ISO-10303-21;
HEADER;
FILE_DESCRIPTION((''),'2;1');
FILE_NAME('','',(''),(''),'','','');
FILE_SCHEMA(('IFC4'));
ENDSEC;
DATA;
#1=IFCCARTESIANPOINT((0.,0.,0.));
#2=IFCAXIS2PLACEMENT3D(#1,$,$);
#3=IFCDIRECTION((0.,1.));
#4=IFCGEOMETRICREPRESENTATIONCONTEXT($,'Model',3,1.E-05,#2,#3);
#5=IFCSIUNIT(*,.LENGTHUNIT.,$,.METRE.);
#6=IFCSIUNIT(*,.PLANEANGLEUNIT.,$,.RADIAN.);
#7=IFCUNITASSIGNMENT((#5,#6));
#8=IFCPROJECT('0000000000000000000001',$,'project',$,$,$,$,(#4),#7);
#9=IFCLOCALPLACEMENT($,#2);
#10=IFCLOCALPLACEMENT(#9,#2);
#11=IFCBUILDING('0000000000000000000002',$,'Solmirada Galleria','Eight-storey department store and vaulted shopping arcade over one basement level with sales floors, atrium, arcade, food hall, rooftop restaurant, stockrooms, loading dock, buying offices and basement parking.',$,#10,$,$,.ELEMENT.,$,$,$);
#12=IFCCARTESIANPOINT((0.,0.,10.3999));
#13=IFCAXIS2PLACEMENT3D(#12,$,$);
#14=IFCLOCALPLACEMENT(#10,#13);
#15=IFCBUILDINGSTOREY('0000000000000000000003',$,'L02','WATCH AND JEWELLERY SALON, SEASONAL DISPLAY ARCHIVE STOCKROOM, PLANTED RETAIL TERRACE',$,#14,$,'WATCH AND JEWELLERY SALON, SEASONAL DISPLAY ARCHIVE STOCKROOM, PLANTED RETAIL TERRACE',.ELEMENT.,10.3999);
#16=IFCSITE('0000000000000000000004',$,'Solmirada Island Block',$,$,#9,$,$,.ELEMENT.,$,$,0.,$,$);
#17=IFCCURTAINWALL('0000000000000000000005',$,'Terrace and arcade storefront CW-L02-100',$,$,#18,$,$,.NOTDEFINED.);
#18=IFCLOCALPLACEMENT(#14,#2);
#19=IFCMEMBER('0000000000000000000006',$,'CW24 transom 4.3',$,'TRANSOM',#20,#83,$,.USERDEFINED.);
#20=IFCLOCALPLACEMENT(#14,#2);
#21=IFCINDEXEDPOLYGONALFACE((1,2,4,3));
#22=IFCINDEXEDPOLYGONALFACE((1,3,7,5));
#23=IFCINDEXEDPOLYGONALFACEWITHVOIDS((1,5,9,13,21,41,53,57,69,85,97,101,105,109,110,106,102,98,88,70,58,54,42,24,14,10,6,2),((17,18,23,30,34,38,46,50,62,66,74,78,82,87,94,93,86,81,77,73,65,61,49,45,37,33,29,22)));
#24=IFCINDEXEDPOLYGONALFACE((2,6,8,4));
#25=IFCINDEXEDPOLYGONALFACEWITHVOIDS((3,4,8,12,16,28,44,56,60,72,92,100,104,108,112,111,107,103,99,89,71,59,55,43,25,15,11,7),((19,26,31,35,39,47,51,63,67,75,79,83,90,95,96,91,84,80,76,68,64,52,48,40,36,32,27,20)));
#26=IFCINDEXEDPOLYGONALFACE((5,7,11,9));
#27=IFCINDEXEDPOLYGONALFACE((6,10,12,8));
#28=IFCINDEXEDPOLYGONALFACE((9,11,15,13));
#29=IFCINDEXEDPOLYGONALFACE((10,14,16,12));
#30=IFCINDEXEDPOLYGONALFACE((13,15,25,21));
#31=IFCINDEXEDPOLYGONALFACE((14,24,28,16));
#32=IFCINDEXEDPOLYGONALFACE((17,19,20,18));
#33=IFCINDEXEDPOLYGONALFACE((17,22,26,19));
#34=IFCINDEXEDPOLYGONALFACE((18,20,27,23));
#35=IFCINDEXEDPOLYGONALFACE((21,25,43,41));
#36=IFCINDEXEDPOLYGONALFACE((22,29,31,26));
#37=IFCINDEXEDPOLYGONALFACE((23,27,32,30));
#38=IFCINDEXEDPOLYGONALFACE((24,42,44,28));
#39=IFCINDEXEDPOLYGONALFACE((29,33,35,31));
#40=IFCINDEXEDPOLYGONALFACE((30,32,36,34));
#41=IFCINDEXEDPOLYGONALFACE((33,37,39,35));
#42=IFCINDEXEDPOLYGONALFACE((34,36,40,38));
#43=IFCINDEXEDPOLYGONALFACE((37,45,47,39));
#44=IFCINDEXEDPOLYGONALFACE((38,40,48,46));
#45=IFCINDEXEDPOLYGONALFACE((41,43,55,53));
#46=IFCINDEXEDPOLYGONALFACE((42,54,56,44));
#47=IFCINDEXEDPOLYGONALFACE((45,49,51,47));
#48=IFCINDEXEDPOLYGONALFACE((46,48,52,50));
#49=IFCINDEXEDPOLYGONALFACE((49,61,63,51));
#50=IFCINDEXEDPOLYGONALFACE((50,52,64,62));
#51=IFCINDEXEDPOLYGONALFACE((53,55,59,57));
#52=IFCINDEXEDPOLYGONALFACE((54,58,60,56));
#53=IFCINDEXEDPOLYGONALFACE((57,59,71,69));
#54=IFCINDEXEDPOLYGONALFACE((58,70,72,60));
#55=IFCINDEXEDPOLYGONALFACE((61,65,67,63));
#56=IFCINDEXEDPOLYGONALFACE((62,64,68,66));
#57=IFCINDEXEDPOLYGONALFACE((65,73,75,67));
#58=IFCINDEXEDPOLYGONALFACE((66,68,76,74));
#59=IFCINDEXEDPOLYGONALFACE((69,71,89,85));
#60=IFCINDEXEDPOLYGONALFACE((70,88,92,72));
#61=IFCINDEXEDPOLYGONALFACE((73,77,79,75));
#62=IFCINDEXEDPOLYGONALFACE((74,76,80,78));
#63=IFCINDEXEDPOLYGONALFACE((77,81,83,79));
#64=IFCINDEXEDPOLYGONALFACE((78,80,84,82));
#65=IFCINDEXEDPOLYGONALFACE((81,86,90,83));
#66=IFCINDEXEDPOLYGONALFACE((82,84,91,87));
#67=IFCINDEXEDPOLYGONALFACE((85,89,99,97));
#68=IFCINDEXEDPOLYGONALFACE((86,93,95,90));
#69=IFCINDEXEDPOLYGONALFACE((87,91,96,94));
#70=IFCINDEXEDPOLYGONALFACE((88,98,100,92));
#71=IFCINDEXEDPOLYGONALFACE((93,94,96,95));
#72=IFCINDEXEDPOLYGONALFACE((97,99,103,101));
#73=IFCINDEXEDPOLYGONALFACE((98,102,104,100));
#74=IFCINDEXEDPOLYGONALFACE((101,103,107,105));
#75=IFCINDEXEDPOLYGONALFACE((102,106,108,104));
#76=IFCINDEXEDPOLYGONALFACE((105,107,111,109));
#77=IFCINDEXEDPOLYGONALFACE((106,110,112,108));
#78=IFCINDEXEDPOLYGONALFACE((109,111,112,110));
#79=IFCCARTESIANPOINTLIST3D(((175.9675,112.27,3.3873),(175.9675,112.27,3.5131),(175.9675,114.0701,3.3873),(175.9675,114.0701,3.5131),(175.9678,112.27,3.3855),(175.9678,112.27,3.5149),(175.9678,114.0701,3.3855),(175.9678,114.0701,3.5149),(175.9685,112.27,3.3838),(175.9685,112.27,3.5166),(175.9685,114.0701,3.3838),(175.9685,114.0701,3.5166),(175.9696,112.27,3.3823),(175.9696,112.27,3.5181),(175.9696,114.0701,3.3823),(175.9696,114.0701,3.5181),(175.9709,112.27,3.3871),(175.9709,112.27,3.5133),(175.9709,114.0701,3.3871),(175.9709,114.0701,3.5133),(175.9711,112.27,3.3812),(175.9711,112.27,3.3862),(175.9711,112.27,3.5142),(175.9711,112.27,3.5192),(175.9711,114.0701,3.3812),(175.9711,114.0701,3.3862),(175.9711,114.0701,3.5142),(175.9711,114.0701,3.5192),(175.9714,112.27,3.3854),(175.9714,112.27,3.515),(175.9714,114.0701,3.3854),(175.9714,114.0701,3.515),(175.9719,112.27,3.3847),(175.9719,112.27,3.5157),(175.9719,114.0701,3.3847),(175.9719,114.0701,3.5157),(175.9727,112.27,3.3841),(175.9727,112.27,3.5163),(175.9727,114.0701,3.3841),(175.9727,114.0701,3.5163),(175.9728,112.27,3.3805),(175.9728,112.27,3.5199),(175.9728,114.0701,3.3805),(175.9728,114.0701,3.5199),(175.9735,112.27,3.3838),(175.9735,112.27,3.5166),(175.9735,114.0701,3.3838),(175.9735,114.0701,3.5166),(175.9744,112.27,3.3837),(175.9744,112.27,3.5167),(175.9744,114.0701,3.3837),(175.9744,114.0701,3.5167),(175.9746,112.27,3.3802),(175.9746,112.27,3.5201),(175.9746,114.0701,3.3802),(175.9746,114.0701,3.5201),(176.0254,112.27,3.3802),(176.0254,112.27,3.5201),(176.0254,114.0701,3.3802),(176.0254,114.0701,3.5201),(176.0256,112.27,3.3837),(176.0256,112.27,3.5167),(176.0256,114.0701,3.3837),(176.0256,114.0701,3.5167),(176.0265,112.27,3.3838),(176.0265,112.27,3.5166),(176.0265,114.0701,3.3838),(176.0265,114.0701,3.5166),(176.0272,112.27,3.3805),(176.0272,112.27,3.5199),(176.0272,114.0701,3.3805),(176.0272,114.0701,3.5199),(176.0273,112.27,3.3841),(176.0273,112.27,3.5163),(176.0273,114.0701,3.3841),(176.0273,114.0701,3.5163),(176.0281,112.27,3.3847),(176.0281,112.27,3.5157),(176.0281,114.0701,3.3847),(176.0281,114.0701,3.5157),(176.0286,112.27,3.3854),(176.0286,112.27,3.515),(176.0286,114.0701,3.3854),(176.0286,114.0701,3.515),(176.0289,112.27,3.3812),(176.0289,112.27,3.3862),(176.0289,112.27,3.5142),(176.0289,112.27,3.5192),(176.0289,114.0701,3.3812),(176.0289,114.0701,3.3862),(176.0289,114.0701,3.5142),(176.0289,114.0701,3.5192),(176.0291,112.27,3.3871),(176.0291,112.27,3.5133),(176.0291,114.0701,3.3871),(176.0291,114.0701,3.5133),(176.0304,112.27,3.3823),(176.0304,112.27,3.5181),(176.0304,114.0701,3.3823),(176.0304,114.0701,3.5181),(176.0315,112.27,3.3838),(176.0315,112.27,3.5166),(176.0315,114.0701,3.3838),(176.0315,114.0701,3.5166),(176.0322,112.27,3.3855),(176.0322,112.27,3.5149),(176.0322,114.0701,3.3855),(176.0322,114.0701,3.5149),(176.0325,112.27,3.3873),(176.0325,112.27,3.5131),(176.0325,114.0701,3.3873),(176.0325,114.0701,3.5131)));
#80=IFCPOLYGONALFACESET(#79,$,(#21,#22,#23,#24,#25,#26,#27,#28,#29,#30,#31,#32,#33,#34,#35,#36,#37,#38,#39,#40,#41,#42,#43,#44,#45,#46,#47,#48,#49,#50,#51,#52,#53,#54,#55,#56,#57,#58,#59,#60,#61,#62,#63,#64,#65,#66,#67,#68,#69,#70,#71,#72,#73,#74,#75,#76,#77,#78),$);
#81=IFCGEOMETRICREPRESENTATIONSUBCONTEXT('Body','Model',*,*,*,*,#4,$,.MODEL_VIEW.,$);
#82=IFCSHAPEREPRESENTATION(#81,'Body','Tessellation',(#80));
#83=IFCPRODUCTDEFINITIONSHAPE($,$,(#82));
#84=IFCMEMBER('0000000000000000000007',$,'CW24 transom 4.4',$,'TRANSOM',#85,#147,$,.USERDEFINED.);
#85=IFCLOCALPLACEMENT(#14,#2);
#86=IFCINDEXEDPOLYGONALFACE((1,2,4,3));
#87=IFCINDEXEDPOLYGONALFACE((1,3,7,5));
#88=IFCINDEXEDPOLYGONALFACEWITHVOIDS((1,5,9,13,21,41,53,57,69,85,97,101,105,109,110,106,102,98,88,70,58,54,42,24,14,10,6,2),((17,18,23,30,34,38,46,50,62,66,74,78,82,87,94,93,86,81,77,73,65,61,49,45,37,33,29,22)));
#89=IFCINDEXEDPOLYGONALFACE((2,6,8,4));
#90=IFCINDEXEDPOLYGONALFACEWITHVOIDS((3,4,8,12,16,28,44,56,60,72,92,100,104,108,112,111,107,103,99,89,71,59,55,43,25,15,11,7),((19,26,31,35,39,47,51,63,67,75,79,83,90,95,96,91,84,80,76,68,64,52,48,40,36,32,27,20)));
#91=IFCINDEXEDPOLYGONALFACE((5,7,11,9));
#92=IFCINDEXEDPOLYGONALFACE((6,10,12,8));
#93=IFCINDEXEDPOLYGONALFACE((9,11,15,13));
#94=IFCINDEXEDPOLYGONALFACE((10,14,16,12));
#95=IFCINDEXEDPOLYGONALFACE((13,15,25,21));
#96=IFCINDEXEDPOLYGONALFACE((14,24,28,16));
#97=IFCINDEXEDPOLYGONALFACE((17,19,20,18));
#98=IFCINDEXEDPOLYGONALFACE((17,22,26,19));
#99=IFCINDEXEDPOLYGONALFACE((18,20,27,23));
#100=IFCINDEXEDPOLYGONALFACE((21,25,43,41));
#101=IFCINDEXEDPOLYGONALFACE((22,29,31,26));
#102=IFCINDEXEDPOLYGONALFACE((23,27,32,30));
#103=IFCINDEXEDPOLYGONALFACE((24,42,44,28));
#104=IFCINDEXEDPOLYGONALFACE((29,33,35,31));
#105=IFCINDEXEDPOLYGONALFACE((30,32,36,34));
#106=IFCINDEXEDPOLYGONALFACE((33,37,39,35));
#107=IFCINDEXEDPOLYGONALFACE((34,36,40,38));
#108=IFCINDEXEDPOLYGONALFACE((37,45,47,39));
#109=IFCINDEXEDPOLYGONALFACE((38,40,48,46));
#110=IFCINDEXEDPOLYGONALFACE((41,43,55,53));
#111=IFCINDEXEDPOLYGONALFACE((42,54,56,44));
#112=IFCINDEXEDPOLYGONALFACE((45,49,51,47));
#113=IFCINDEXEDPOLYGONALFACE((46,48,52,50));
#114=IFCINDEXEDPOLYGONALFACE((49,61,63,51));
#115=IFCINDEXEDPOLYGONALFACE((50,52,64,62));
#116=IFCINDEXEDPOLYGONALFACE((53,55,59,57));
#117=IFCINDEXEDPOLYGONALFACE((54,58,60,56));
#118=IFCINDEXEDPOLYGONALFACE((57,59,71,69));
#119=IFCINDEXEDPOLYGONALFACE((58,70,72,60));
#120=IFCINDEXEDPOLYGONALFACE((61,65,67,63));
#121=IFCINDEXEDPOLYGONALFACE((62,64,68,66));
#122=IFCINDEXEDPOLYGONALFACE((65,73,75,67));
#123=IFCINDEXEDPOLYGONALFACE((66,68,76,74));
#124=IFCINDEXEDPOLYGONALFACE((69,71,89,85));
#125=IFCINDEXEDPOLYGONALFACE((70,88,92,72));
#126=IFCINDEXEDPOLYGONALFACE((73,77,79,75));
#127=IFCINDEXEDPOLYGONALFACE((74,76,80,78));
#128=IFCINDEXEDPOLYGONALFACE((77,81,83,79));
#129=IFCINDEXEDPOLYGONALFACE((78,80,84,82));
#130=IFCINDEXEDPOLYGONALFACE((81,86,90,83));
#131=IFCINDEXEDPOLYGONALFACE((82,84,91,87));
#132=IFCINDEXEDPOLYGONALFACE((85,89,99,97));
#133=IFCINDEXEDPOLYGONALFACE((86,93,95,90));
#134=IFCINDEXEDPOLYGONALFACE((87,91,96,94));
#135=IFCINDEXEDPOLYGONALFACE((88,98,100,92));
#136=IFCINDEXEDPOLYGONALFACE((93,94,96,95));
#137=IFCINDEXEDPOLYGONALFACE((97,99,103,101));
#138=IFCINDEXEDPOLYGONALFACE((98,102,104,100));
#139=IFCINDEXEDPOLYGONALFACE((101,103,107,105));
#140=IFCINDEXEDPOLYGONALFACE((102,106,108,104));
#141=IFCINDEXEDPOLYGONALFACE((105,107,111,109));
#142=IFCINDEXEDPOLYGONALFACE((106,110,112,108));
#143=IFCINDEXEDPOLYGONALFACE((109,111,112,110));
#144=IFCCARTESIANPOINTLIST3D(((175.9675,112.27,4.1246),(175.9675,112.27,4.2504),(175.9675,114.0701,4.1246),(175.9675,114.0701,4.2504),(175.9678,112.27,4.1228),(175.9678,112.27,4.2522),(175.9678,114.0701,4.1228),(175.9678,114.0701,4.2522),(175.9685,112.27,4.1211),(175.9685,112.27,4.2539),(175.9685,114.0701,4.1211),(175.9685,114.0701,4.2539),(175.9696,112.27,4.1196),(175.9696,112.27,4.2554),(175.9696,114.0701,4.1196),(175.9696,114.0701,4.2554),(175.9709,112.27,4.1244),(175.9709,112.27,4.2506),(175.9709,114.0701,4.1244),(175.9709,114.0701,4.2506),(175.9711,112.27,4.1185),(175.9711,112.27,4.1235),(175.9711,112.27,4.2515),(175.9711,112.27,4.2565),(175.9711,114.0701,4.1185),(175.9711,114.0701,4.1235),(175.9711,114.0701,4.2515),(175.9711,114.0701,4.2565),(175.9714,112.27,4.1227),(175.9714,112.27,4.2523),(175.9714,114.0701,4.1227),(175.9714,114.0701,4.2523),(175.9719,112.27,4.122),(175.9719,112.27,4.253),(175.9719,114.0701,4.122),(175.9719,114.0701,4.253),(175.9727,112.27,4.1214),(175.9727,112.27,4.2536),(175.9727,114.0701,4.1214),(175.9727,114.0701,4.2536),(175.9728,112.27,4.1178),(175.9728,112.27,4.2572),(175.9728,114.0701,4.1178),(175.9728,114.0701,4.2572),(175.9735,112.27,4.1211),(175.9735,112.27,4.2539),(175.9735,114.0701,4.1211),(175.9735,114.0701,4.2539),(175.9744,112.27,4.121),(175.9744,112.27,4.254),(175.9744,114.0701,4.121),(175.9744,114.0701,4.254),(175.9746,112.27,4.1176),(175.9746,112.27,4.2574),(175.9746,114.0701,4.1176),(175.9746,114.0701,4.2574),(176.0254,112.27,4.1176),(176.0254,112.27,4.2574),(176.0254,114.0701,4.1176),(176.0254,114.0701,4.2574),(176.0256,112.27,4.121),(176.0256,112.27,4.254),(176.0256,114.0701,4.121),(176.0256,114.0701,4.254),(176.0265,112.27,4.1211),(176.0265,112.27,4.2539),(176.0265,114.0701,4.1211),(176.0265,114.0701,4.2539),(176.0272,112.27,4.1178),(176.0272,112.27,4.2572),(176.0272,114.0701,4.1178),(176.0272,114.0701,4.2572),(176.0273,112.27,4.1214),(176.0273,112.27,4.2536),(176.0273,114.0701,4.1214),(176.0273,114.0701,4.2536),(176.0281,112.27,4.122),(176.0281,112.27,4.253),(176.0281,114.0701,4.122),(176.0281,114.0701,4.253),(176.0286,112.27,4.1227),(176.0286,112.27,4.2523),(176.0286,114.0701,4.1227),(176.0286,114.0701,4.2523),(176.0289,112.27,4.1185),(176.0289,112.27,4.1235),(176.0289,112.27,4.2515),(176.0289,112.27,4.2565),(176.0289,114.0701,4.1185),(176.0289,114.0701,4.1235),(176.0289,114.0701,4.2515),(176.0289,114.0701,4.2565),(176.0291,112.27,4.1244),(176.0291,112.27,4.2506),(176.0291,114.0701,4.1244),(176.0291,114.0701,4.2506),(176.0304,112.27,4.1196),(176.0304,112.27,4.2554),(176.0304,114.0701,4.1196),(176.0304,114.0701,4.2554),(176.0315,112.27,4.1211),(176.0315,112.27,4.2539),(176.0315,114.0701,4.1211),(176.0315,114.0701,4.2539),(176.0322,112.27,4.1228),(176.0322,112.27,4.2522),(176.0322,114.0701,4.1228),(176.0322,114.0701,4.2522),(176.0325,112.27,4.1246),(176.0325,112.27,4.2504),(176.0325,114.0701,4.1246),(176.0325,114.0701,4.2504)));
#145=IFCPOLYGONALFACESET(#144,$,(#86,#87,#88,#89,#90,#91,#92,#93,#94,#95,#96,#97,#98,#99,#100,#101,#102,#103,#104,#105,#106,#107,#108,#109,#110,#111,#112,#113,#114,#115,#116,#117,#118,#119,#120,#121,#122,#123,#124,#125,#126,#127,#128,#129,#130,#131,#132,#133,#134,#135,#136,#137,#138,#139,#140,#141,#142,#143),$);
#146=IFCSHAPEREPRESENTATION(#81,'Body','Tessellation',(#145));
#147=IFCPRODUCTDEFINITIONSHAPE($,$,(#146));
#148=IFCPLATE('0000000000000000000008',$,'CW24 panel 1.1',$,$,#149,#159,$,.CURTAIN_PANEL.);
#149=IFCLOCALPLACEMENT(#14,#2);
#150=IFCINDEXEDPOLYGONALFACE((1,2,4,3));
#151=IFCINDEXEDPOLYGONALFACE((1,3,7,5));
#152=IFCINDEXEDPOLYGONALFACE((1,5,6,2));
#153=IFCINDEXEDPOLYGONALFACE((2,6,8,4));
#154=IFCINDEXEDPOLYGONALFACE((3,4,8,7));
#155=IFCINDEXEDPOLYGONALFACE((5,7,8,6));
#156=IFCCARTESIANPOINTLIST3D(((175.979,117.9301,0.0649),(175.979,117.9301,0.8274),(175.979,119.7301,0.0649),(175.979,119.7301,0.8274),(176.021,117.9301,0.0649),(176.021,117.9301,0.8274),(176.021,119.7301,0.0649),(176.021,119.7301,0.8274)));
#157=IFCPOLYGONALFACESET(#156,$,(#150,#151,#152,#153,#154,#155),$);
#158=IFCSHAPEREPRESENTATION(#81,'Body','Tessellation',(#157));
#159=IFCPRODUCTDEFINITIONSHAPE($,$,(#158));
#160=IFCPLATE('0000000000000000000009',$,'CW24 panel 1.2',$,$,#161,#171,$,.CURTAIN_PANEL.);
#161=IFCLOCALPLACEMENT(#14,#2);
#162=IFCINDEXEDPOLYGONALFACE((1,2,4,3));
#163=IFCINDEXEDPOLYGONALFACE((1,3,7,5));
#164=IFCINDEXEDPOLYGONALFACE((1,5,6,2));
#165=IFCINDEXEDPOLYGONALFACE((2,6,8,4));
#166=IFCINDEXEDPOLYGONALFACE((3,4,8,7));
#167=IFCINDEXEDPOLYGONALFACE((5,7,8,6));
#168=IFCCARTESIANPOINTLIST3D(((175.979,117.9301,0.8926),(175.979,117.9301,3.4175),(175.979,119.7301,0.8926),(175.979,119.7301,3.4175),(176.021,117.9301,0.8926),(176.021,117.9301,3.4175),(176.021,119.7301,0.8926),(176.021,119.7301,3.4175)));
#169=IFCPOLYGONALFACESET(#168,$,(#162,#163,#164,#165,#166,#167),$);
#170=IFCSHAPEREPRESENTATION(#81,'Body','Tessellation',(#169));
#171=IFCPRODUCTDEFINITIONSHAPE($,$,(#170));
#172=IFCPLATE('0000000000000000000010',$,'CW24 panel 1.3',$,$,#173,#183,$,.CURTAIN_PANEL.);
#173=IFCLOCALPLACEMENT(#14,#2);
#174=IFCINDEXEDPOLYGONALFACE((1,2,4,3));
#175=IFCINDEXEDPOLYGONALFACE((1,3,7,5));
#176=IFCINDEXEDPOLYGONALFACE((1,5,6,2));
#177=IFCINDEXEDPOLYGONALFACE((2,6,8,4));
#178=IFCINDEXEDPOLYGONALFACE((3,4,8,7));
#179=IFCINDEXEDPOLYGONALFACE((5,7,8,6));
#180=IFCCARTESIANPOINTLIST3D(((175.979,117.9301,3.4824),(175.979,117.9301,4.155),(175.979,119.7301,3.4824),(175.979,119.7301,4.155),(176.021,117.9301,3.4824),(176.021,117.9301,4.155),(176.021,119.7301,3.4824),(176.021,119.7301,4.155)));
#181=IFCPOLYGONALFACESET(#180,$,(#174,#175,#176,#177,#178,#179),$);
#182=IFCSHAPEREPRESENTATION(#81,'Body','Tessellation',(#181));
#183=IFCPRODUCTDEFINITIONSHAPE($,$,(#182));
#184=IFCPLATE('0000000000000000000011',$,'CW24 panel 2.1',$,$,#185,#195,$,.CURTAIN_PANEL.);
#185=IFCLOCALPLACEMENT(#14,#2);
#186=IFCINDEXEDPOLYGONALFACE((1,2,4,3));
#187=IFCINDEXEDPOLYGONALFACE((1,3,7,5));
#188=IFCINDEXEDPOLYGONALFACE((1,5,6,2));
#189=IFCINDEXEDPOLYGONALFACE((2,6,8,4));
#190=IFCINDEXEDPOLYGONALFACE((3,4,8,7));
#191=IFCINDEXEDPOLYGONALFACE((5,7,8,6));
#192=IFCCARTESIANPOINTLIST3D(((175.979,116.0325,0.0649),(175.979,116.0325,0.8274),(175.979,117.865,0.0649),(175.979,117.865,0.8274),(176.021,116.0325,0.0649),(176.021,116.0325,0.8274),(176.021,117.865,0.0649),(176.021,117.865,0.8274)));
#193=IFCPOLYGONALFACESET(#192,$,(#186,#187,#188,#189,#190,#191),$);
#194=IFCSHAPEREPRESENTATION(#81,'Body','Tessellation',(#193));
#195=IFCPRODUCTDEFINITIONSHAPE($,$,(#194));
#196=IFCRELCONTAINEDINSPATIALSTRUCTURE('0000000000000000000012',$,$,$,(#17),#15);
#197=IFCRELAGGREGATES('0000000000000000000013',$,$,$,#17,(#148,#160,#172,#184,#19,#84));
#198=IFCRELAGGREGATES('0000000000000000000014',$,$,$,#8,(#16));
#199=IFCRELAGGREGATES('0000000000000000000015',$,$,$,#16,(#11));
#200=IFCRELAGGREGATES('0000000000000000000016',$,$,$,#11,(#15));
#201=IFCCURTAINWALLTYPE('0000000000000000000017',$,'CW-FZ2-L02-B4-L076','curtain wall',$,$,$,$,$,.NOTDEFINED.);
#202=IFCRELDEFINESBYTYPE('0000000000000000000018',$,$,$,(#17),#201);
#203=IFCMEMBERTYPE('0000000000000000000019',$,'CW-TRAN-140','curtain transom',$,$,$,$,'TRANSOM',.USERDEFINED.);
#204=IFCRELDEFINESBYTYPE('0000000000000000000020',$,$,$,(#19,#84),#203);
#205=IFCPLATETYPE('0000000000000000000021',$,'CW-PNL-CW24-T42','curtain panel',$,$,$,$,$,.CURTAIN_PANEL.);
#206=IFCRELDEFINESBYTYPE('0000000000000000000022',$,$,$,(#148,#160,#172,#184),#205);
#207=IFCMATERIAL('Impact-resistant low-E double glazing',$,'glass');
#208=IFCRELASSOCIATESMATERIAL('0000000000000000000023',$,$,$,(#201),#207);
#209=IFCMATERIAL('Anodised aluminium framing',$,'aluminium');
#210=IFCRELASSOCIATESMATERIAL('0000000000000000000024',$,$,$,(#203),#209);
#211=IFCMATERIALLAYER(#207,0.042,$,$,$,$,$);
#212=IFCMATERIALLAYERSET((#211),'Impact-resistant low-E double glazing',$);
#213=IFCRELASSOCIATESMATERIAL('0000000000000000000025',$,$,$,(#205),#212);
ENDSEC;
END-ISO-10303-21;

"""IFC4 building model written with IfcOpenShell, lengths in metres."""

from ifc_helpers import new_model, si_unit, direction, frame, origin, origin_2d, place, context, subcontext, project, spatial, rectangle, hollow_rectangle, extrude, material, layer, layer_set, material_profile, profile_set, type_object, element, aggregate, save


model = new_model("IFC4")

# Units and contexts
model_context = context("Model", 3, precision=1e-05, world=origin(), true_north=direction((0.0, 1.0)))
body_context = subcontext(model_context, "Body", "Model", "MODEL_VIEW")
ifc_project = project(units=[si_unit("LENGTHUNIT", "METRE"), si_unit("PLANEANGLEUNIT", "RADIAN")], contexts=[model_context])

# Site, building, storey
site_placement = place(None, origin())
site = spatial("IfcSite", under=ifc_project, at=site_placement, Name="Solmirada Island Block", CompositionType="ELEMENT", RefElevation=0.0)
building_placement = place(site_placement, origin())
building = spatial("IfcBuilding", under=site, at=building_placement, Name="Solmirada Galleria", Description="Eight-storey department store and vaulted shopping arcade over one basement level with sales floors, atrium, arcade, food hall, rooftop restaurant, stockrooms, loading dock, buying offices and basement parking.", CompositionType="ELEMENT")
storey_placement = place(building_placement, frame((0.0, 0.0, 10.3999)))
storey = spatial("IfcBuildingStorey", under=building, at=storey_placement, Name="L02", Description="WATCH AND JEWELLERY SALON, SEASONAL DISPLAY ARCHIVE STOCKROOM, PLANTED RETAIL TERRACE", LongName="WATCH AND JEWELLERY SALON, SEASONAL DISPLAY ARCHIVE STOCKROOM, PLANTED RETAIL TERRACE", CompositionType="ELEMENT", Elevation=10.3999)

# Curtain wall, members, plates
ifc_material_1 = material(Name="Impact-resistant low-E double glazing", Category="glass")
curtain_wall_type = type_object("IfcCurtainWallType", Name="CW-FZ2-L02-B4-L076", Description="curtain wall", PredefinedType="NOTDEFINED", material=ifc_material_1)
curtain_wall_placement = place(storey_placement, origin())
curtain_wall = element("IfcCurtainWall", 1, at=curtain_wall_placement, inside=storey, type_object=curtain_wall_type, Name="Terrace and arcade storefront CW-L02-100", PredefinedType="NOTDEFINED")
ifc_material_2 = material(Name="Anodised aluminium framing", Category="aluminium")
ifc_material_profile_1 = material_profile(ifc_material_2, hollow_rectangle(XDim=0.0649, YDim=0.1399, WallThickness=0.0034, InnerFilletRadius=0.0034, OuterFilletRadius=0.0071, at=origin_2d()), Name="ALU-TRAN-140X65")
ifc_profile_set_1 = profile_set([ifc_material_profile_1], Name="Anodised aluminium framing")
member_type_1 = type_object("IfcMemberType", Name="CW-TRAN-140", Description="curtain transom", ElementType="TRANSOM", PredefinedType="USERDEFINED", material=ifc_profile_set_1)
member_1_placement = place(storey_placement, frame((176.0, 114.0701, 3.4502), z_axis=(0.0, -1.0, 0.0), x_axis=(1.0, 0.0, 0.0)))
member_1 = element("IfcMember", 2, at=member_1_placement, type_object=member_type_1, Name="CW24 transom 4.3", ObjectType="TRANSOM", PredefinedType="USERDEFINED", context=body_context, shape_type="SweptSolid", body=[
    extrude(hollow_rectangle(XDim=0.0649, YDim=0.1399, WallThickness=0.0034, InnerFilletRadius=0.0034, OuterFilletRadius=0.0071, at=origin_2d()), origin(), (0.0, 0.0, 1.0), 1.8),
])
member_2_placement = place(storey_placement, frame((176.0, 114.0701, 4.1875), z_axis=(0.0, -1.0, 0.0), x_axis=(1.0, 0.0, 0.0)))
member_2 = element("IfcMember", 3, at=member_2_placement, type_object=member_type_1, Name="CW24 transom 4.4", ObjectType="TRANSOM", PredefinedType="USERDEFINED", context=body_context, shape_type="SweptSolid", body=[
    extrude(hollow_rectangle(XDim=0.0649, YDim=0.1399, WallThickness=0.0034, InnerFilletRadius=0.0034, OuterFilletRadius=0.0071, at=origin_2d()), origin(), (0.0, 0.0, 1.0), 1.8),
])
ifc_layer_1 = layer(ifc_material_1, 0.042)
ifc_layer_set_1 = layer_set([ifc_layer_1], Name="Impact-resistant low-E double glazing")
plate_type = type_object("IfcPlateType", Name="CW-PNL-CW24-T42", Description="curtain panel", PredefinedType="CURTAIN_PANEL", material=ifc_layer_set_1)
plate_1_placement = place(storey_placement, frame((176.0, 118.8301, 0.0649), z_axis=(0.0, 0.0, 1.0), x_axis=(0.0, -1.0, 0.0)))
plate_1 = element("IfcPlate", 4, at=plate_1_placement, type_object=plate_type, Name="CW24 panel 1.1", PredefinedType="CURTAIN_PANEL", context=body_context, shape_type="SweptSolid", body=[
    extrude(rectangle(XDim=1.8, YDim=0.042, at=origin_2d()), origin(), (0.0, 0.0, 1.0), 0.7625),
])
plate_2_placement = place(storey_placement, frame((176.0, 118.8301, 0.8926), z_axis=(0.0, 0.0, 1.0), x_axis=(0.0, -1.0, 0.0)))
plate_2 = element("IfcPlate", 5, at=plate_2_placement, type_object=plate_type, Name="CW24 panel 1.2", PredefinedType="CURTAIN_PANEL", context=body_context, shape_type="SweptSolid", body=[
    extrude(rectangle(XDim=1.8, YDim=0.042, at=origin_2d()), origin(), (0.0, 0.0, 1.0), 2.5249),
])
plate_3_placement = place(storey_placement, frame((176.0, 118.8301, 3.4824), z_axis=(0.0, 0.0, 1.0), x_axis=(0.0, -1.0, 0.0)))
plate_3 = element("IfcPlate", 6, at=plate_3_placement, type_object=plate_type, Name="CW24 panel 1.3", PredefinedType="CURTAIN_PANEL", context=body_context, shape_type="SweptSolid", body=[
    extrude(rectangle(XDim=1.8, YDim=0.042, at=origin_2d()), origin(), (0.0, 0.0, 1.0), 0.6726),
])
plate_4_placement = place(storey_placement, frame((176.0, 116.9487, 0.0649), z_axis=(0.0, 0.0, 1.0), x_axis=(0.0, -1.0, 0.0)))
plate_4 = element("IfcPlate", 7, at=plate_4_placement, type_object=plate_type, Name="CW24 panel 2.1", PredefinedType="CURTAIN_PANEL", context=body_context, shape_type="SweptSolid", body=[
    extrude(rectangle(XDim=1.8325, YDim=0.042, at=origin_2d()), origin(), (0.0, 0.0, 1.0), 0.7625),
])
aggregate(curtain_wall, [plate_1, plate_2, plate_3, plate_4, member_1, member_2])

save(model, "model.ifc")
